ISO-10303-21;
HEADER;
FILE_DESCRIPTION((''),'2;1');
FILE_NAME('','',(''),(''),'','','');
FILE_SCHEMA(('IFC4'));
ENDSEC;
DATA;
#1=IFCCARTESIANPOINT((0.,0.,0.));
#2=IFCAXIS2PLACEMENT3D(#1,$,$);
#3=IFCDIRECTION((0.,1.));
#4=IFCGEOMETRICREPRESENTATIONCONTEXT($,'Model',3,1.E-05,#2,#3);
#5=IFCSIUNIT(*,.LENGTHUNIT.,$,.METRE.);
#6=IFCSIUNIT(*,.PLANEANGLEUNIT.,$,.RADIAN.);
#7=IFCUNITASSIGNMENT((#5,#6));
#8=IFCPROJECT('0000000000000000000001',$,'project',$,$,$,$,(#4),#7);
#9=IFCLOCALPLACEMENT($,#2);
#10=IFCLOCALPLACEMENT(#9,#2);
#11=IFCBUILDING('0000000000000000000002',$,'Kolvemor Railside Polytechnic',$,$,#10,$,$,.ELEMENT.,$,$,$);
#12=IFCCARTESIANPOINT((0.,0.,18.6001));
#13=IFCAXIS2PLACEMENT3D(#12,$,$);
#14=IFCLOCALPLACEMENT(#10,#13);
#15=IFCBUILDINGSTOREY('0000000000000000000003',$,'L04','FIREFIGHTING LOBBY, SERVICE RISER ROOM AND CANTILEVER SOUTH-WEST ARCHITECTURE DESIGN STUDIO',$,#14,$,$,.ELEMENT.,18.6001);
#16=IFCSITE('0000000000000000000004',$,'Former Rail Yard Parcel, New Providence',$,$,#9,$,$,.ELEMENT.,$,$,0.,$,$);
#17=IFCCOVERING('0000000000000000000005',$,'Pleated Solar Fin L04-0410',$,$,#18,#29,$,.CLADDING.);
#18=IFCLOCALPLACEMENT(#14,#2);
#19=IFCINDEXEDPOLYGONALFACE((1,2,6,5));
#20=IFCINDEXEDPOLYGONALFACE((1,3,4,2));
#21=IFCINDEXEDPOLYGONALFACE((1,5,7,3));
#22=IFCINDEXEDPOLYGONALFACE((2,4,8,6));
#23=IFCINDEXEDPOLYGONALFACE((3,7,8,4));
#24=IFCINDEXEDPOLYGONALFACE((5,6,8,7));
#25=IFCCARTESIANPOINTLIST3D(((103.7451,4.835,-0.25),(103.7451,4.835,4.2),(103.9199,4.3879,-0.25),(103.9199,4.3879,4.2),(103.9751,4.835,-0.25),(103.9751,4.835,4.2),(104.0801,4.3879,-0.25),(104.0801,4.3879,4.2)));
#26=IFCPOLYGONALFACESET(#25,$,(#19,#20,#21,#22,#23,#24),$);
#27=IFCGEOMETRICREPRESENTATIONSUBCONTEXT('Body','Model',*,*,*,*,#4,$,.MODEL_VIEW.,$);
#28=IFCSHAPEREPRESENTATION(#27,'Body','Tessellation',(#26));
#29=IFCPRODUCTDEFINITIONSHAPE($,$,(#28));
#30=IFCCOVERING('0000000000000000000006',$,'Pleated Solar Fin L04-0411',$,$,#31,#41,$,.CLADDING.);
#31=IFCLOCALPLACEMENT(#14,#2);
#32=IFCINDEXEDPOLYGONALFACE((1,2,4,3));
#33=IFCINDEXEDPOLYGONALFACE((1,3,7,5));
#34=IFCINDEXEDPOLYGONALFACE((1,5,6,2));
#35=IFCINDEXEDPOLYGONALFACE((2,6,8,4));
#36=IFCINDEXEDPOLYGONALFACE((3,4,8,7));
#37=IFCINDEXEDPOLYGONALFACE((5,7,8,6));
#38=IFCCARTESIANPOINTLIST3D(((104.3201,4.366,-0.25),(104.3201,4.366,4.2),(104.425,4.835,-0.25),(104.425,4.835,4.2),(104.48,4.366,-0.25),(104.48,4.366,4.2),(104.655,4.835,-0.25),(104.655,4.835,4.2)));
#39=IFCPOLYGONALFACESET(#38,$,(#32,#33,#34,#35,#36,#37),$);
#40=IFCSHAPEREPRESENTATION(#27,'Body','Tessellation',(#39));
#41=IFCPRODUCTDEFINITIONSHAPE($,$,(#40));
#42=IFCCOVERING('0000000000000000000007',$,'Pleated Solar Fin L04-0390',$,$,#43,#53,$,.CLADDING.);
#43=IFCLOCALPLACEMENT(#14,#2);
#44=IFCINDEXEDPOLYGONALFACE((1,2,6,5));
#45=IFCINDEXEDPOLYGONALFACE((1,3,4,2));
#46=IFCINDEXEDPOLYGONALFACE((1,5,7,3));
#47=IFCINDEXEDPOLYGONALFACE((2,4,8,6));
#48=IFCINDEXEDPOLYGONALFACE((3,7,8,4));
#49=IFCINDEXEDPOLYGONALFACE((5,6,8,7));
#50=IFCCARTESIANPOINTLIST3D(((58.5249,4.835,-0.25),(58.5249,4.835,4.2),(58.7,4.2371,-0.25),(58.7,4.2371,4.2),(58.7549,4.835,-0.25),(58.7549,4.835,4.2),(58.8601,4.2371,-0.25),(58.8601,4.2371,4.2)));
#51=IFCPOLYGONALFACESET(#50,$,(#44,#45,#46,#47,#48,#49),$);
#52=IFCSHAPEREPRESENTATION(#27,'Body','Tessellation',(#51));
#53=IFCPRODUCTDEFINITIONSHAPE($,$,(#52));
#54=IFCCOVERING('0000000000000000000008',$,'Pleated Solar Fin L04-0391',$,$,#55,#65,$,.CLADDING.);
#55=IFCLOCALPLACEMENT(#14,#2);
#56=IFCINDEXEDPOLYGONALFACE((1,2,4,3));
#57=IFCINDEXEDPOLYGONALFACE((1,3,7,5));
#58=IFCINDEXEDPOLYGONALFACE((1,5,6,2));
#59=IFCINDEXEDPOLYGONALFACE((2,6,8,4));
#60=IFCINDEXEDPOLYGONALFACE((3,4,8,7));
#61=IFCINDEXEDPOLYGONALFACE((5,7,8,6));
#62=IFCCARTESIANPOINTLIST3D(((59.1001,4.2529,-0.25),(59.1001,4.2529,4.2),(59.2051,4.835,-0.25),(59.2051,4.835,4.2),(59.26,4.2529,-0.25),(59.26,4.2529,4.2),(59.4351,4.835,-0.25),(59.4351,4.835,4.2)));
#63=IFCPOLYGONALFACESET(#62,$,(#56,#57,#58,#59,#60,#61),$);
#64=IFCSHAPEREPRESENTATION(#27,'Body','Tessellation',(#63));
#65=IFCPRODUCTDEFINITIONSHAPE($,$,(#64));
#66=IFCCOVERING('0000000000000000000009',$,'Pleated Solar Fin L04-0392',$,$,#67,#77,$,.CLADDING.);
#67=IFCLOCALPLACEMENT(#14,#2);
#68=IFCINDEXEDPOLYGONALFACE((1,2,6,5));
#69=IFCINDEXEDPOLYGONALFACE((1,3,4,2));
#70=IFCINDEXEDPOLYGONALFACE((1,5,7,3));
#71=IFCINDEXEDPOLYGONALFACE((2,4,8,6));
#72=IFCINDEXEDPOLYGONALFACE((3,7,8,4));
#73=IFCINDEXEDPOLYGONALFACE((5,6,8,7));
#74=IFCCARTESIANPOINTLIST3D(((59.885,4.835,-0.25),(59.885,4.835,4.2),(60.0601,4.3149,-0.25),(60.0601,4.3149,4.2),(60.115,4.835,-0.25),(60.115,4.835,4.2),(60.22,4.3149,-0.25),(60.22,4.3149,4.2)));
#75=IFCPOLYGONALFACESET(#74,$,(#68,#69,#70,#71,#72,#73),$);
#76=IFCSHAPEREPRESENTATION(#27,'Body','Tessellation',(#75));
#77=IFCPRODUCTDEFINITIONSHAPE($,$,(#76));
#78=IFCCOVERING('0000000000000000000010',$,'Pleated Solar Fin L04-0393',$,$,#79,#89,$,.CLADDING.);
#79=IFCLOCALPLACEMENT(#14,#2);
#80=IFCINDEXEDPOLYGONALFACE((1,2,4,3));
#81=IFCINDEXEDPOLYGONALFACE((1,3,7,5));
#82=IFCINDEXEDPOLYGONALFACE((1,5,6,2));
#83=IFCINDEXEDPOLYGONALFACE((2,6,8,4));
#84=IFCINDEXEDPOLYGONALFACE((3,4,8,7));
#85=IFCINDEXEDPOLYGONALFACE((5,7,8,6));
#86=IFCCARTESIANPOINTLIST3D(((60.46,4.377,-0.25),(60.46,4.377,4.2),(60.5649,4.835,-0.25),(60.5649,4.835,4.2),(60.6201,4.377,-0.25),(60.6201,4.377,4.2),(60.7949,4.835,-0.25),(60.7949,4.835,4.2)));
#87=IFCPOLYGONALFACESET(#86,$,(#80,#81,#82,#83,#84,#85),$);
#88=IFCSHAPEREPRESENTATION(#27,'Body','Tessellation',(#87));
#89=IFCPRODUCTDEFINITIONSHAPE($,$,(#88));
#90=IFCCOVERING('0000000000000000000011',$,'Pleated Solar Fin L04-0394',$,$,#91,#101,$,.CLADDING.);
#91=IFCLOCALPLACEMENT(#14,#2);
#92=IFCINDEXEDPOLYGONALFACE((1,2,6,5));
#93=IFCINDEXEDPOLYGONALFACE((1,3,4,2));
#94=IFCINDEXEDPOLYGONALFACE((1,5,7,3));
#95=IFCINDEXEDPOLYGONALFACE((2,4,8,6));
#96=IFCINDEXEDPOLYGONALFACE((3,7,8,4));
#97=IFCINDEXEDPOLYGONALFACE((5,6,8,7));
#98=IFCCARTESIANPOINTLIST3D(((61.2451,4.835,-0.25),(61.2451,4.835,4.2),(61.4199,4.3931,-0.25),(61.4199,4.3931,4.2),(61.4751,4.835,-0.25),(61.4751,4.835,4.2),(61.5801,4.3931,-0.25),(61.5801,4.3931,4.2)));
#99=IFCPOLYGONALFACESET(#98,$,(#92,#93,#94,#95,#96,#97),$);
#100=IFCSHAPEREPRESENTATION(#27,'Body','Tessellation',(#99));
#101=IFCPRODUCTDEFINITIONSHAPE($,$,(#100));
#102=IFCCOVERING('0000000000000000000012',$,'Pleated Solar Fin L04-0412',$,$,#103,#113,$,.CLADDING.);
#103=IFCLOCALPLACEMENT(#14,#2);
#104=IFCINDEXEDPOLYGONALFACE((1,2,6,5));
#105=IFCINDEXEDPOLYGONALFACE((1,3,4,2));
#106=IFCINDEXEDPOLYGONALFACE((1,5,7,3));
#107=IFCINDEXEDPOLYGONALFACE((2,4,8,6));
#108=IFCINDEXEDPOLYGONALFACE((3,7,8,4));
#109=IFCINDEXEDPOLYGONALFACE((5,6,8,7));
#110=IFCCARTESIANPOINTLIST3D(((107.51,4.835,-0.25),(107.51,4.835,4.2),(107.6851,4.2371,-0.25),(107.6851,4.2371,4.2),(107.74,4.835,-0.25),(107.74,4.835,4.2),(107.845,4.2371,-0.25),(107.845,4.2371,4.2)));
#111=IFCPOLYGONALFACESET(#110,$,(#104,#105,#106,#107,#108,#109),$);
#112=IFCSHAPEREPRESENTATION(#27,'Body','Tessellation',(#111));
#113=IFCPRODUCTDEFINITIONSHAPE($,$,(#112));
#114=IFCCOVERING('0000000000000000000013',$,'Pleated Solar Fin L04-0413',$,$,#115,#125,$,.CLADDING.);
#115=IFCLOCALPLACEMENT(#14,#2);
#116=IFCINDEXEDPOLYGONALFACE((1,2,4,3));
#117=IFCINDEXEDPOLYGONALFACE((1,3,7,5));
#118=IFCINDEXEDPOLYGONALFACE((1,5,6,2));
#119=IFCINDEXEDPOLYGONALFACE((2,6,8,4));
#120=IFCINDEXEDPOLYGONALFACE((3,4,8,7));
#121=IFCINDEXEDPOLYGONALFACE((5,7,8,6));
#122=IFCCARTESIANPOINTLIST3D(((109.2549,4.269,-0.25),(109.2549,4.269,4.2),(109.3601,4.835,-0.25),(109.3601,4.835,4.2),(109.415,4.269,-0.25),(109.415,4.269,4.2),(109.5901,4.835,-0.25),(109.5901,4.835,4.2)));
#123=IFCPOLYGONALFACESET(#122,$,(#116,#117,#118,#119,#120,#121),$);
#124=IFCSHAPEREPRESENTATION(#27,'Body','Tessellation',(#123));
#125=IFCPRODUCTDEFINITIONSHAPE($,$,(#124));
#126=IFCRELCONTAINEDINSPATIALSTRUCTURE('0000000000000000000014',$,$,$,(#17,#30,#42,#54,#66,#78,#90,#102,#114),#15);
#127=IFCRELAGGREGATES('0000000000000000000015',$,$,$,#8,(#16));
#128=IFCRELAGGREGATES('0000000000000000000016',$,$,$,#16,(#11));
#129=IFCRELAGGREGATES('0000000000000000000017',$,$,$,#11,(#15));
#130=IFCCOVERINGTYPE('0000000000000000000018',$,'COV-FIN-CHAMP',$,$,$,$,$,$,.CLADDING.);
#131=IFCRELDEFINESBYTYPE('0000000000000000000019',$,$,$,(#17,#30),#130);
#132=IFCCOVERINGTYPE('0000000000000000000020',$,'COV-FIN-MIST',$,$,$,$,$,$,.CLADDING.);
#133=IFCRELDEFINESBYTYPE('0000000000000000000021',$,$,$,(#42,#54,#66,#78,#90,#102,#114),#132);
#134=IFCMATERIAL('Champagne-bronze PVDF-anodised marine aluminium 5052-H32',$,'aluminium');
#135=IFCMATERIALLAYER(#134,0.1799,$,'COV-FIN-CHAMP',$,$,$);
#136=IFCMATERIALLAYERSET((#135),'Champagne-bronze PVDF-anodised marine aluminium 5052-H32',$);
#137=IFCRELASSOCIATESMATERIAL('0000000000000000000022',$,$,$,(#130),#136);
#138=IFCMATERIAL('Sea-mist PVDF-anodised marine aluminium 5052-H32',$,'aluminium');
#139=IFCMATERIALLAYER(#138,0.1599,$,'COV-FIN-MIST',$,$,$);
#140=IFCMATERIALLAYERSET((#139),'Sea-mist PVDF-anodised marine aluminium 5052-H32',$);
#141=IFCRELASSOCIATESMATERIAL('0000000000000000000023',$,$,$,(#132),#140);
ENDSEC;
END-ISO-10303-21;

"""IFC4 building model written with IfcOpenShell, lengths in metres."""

from ifc_helpers import new_model, si_unit, direction, frame, origin, place, context, subcontext, project, spatial, polyline, outline, extrude, material, layer, layer_set, type_object, element, save


model = new_model("IFC4")

# Units and contexts
model_context = context("Model", 3, precision=1e-05, world=origin(), true_north=direction((0.0, 1.0)))
body_context = subcontext(model_context, "Body", "Model", "MODEL_VIEW")
ifc_project = project(units=[si_unit("LENGTHUNIT", "METRE"), si_unit("PLANEANGLEUNIT", "RADIAN")], contexts=[model_context])

# Site, building, storey
site_placement = place(None, origin())
site = spatial("IfcSite", under=ifc_project, at=site_placement, Name="Former Rail Yard Parcel, New Providence", CompositionType="ELEMENT", RefElevation=0.0)
building_placement = place(site_placement, origin())
building = spatial("IfcBuilding", under=site, at=building_placement, Name="Kolvemor Railside Polytechnic", CompositionType="ELEMENT")
storey_placement = place(building_placement, frame((0.0, 0.0, 18.6001)))
storey = spatial("IfcBuildingStorey", under=building, at=storey_placement, Name="L04", Description="FIREFIGHTING LOBBY, SERVICE RISER ROOM AND CANTILEVER SOUTH-WEST ARCHITECTURE DESIGN STUDIO", CompositionType="ELEMENT", Elevation=18.6001)

# Coverings
ifc_material_1 = material(Name="Champagne-bronze PVDF-anodised marine aluminium 5052-H32", Category="aluminium")
ifc_layer_1 = layer(ifc_material_1, 0.1799, Name="COV-FIN-CHAMP")
ifc_layer_set_1 = layer_set([ifc_layer_1], Name="Champagne-bronze PVDF-anodised marine aluminium 5052-H32")
covering_type_1 = type_object("IfcCoveringType", Name="COV-FIN-CHAMP", PredefinedType="CLADDING", material=ifc_layer_set_1)
covering_1_placement = place(storey_placement, frame((0.0, 0.0, -0.25)))
element("IfcCovering", 1, at=covering_1_placement, inside=storey, type_object=covering_type_1, Name="Pleated Solar Fin L04-0410", PredefinedType="CLADDING", context=body_context, shape_type="SweptSolid", body=[
    extrude(outline(polyline([(103.7451, 4.835), (103.9751, 4.835), (104.0801, 4.3879), (103.9199, 4.3879), (103.7451, 4.835)])), origin(), (0.0, 0.0, 1.0), 4.45),
])
covering_2_placement = place(storey_placement, frame((0.0, 0.0, -0.25)))
element("IfcCovering", 2, at=covering_2_placement, inside=storey, type_object=covering_type_1, Name="Pleated Solar Fin L04-0411", PredefinedType="CLADDING", context=body_context, shape_type="SweptSolid", body=[
    extrude(outline(polyline([(104.425, 4.835), (104.655, 4.835), (104.48, 4.366), (104.3201, 4.366), (104.425, 4.835)])), origin(), (0.0, 0.0, 1.0), 4.45),
])
ifc_material_2 = material(Name="Sea-mist PVDF-anodised marine aluminium 5052-H32", Category="aluminium")
ifc_layer_2 = layer(ifc_material_2, 0.1599, Name="COV-FIN-MIST")
ifc_layer_set_2 = layer_set([ifc_layer_2], Name="Sea-mist PVDF-anodised marine aluminium 5052-H32")
covering_type_2 = type_object("IfcCoveringType", Name="COV-FIN-MIST", PredefinedType="CLADDING", material=ifc_layer_set_2)
covering_3_placement = place(storey_placement, frame((0.0, 0.0, -0.25)))
element("IfcCovering", 3, at=covering_3_placement, inside=storey, type_object=covering_type_2, Name="Pleated Solar Fin L04-0390", PredefinedType="CLADDING", context=body_context, shape_type="SweptSolid", body=[
    extrude(outline(polyline([(58.5249, 4.835), (58.7549, 4.835), (58.8601, 4.2371), (58.7, 4.2371), (58.5249, 4.835)])), origin(), (0.0, 0.0, 1.0), 4.45),
])
covering_4_placement = place(storey_placement, frame((0.0, 0.0, -0.25)))
element("IfcCovering", 4, at=covering_4_placement, inside=storey, type_object=covering_type_2, Name="Pleated Solar Fin L04-0391", PredefinedType="CLADDING", context=body_context, shape_type="SweptSolid", body=[
    extrude(outline(polyline([(59.2051, 4.835), (59.4351, 4.835), (59.26, 4.2529), (59.1001, 4.2529), (59.2051, 4.835)])), origin(), (0.0, 0.0, 1.0), 4.45),
])
covering_5_placement = place(storey_placement, frame((0.0, 0.0, -0.25)))
element("IfcCovering", 5, at=covering_5_placement, inside=storey, type_object=covering_type_2, Name="Pleated Solar Fin L04-0392", PredefinedType="CLADDING", context=body_context, shape_type="SweptSolid", body=[
    extrude(outline(polyline([(59.885, 4.835), (60.115, 4.835), (60.22, 4.3149), (60.0601, 4.3149), (59.885, 4.835)])), origin(), (0.0, 0.0, 1.0), 4.45),
])
covering_6_placement = place(storey_placement, frame((0.0, 0.0, -0.25)))
element("IfcCovering", 6, at=covering_6_placement, inside=storey, type_object=covering_type_2, Name="Pleated Solar Fin L04-0393", PredefinedType="CLADDING", context=body_context, shape_type="SweptSolid", body=[
    extrude(outline(polyline([(60.5649, 4.835), (60.7949, 4.835), (60.6201, 4.377), (60.46, 4.377), (60.5649, 4.835)])), origin(), (0.0, 0.0, 1.0), 4.45),
])
covering_7_placement = place(storey_placement, frame((0.0, 0.0, -0.25)))
element("IfcCovering", 7, at=covering_7_placement, inside=storey, type_object=covering_type_2, Name="Pleated Solar Fin L04-0394", PredefinedType="CLADDING", context=body_context, shape_type="SweptSolid", body=[
    extrude(outline(polyline([(61.2451, 4.835), (61.4751, 4.835), (61.5801, 4.3931), (61.4199, 4.3931), (61.2451, 4.835)])), origin(), (0.0, 0.0, 1.0), 4.45),
])
covering_8_placement = place(storey_placement, frame((0.0, 0.0, -0.25)))
element("IfcCovering", 8, at=covering_8_placement, inside=storey, type_object=covering_type_2, Name="Pleated Solar Fin L04-0412", PredefinedType="CLADDING", context=body_context, shape_type="SweptSolid", body=[
    extrude(outline(polyline([(107.51, 4.835), (107.74, 4.835), (107.845, 4.2371), (107.6851, 4.2371), (107.51, 4.835)])), origin(), (0.0, 0.0, 1.0), 4.45),
])
covering_9_placement = place(storey_placement, frame((0.0, 0.0, -0.25)))
element("IfcCovering", 9, at=covering_9_placement, inside=storey, type_object=covering_type_2, Name="Pleated Solar Fin L04-0413", PredefinedType="CLADDING", context=body_context, shape_type="SweptSolid", body=[
    extrude(outline(polyline([(109.3601, 4.835), (109.5901, 4.835), (109.415, 4.269), (109.2549, 4.269), (109.3601, 4.835)])), origin(), (0.0, 0.0, 1.0), 4.45),
])

save(model, "model.ifc")
